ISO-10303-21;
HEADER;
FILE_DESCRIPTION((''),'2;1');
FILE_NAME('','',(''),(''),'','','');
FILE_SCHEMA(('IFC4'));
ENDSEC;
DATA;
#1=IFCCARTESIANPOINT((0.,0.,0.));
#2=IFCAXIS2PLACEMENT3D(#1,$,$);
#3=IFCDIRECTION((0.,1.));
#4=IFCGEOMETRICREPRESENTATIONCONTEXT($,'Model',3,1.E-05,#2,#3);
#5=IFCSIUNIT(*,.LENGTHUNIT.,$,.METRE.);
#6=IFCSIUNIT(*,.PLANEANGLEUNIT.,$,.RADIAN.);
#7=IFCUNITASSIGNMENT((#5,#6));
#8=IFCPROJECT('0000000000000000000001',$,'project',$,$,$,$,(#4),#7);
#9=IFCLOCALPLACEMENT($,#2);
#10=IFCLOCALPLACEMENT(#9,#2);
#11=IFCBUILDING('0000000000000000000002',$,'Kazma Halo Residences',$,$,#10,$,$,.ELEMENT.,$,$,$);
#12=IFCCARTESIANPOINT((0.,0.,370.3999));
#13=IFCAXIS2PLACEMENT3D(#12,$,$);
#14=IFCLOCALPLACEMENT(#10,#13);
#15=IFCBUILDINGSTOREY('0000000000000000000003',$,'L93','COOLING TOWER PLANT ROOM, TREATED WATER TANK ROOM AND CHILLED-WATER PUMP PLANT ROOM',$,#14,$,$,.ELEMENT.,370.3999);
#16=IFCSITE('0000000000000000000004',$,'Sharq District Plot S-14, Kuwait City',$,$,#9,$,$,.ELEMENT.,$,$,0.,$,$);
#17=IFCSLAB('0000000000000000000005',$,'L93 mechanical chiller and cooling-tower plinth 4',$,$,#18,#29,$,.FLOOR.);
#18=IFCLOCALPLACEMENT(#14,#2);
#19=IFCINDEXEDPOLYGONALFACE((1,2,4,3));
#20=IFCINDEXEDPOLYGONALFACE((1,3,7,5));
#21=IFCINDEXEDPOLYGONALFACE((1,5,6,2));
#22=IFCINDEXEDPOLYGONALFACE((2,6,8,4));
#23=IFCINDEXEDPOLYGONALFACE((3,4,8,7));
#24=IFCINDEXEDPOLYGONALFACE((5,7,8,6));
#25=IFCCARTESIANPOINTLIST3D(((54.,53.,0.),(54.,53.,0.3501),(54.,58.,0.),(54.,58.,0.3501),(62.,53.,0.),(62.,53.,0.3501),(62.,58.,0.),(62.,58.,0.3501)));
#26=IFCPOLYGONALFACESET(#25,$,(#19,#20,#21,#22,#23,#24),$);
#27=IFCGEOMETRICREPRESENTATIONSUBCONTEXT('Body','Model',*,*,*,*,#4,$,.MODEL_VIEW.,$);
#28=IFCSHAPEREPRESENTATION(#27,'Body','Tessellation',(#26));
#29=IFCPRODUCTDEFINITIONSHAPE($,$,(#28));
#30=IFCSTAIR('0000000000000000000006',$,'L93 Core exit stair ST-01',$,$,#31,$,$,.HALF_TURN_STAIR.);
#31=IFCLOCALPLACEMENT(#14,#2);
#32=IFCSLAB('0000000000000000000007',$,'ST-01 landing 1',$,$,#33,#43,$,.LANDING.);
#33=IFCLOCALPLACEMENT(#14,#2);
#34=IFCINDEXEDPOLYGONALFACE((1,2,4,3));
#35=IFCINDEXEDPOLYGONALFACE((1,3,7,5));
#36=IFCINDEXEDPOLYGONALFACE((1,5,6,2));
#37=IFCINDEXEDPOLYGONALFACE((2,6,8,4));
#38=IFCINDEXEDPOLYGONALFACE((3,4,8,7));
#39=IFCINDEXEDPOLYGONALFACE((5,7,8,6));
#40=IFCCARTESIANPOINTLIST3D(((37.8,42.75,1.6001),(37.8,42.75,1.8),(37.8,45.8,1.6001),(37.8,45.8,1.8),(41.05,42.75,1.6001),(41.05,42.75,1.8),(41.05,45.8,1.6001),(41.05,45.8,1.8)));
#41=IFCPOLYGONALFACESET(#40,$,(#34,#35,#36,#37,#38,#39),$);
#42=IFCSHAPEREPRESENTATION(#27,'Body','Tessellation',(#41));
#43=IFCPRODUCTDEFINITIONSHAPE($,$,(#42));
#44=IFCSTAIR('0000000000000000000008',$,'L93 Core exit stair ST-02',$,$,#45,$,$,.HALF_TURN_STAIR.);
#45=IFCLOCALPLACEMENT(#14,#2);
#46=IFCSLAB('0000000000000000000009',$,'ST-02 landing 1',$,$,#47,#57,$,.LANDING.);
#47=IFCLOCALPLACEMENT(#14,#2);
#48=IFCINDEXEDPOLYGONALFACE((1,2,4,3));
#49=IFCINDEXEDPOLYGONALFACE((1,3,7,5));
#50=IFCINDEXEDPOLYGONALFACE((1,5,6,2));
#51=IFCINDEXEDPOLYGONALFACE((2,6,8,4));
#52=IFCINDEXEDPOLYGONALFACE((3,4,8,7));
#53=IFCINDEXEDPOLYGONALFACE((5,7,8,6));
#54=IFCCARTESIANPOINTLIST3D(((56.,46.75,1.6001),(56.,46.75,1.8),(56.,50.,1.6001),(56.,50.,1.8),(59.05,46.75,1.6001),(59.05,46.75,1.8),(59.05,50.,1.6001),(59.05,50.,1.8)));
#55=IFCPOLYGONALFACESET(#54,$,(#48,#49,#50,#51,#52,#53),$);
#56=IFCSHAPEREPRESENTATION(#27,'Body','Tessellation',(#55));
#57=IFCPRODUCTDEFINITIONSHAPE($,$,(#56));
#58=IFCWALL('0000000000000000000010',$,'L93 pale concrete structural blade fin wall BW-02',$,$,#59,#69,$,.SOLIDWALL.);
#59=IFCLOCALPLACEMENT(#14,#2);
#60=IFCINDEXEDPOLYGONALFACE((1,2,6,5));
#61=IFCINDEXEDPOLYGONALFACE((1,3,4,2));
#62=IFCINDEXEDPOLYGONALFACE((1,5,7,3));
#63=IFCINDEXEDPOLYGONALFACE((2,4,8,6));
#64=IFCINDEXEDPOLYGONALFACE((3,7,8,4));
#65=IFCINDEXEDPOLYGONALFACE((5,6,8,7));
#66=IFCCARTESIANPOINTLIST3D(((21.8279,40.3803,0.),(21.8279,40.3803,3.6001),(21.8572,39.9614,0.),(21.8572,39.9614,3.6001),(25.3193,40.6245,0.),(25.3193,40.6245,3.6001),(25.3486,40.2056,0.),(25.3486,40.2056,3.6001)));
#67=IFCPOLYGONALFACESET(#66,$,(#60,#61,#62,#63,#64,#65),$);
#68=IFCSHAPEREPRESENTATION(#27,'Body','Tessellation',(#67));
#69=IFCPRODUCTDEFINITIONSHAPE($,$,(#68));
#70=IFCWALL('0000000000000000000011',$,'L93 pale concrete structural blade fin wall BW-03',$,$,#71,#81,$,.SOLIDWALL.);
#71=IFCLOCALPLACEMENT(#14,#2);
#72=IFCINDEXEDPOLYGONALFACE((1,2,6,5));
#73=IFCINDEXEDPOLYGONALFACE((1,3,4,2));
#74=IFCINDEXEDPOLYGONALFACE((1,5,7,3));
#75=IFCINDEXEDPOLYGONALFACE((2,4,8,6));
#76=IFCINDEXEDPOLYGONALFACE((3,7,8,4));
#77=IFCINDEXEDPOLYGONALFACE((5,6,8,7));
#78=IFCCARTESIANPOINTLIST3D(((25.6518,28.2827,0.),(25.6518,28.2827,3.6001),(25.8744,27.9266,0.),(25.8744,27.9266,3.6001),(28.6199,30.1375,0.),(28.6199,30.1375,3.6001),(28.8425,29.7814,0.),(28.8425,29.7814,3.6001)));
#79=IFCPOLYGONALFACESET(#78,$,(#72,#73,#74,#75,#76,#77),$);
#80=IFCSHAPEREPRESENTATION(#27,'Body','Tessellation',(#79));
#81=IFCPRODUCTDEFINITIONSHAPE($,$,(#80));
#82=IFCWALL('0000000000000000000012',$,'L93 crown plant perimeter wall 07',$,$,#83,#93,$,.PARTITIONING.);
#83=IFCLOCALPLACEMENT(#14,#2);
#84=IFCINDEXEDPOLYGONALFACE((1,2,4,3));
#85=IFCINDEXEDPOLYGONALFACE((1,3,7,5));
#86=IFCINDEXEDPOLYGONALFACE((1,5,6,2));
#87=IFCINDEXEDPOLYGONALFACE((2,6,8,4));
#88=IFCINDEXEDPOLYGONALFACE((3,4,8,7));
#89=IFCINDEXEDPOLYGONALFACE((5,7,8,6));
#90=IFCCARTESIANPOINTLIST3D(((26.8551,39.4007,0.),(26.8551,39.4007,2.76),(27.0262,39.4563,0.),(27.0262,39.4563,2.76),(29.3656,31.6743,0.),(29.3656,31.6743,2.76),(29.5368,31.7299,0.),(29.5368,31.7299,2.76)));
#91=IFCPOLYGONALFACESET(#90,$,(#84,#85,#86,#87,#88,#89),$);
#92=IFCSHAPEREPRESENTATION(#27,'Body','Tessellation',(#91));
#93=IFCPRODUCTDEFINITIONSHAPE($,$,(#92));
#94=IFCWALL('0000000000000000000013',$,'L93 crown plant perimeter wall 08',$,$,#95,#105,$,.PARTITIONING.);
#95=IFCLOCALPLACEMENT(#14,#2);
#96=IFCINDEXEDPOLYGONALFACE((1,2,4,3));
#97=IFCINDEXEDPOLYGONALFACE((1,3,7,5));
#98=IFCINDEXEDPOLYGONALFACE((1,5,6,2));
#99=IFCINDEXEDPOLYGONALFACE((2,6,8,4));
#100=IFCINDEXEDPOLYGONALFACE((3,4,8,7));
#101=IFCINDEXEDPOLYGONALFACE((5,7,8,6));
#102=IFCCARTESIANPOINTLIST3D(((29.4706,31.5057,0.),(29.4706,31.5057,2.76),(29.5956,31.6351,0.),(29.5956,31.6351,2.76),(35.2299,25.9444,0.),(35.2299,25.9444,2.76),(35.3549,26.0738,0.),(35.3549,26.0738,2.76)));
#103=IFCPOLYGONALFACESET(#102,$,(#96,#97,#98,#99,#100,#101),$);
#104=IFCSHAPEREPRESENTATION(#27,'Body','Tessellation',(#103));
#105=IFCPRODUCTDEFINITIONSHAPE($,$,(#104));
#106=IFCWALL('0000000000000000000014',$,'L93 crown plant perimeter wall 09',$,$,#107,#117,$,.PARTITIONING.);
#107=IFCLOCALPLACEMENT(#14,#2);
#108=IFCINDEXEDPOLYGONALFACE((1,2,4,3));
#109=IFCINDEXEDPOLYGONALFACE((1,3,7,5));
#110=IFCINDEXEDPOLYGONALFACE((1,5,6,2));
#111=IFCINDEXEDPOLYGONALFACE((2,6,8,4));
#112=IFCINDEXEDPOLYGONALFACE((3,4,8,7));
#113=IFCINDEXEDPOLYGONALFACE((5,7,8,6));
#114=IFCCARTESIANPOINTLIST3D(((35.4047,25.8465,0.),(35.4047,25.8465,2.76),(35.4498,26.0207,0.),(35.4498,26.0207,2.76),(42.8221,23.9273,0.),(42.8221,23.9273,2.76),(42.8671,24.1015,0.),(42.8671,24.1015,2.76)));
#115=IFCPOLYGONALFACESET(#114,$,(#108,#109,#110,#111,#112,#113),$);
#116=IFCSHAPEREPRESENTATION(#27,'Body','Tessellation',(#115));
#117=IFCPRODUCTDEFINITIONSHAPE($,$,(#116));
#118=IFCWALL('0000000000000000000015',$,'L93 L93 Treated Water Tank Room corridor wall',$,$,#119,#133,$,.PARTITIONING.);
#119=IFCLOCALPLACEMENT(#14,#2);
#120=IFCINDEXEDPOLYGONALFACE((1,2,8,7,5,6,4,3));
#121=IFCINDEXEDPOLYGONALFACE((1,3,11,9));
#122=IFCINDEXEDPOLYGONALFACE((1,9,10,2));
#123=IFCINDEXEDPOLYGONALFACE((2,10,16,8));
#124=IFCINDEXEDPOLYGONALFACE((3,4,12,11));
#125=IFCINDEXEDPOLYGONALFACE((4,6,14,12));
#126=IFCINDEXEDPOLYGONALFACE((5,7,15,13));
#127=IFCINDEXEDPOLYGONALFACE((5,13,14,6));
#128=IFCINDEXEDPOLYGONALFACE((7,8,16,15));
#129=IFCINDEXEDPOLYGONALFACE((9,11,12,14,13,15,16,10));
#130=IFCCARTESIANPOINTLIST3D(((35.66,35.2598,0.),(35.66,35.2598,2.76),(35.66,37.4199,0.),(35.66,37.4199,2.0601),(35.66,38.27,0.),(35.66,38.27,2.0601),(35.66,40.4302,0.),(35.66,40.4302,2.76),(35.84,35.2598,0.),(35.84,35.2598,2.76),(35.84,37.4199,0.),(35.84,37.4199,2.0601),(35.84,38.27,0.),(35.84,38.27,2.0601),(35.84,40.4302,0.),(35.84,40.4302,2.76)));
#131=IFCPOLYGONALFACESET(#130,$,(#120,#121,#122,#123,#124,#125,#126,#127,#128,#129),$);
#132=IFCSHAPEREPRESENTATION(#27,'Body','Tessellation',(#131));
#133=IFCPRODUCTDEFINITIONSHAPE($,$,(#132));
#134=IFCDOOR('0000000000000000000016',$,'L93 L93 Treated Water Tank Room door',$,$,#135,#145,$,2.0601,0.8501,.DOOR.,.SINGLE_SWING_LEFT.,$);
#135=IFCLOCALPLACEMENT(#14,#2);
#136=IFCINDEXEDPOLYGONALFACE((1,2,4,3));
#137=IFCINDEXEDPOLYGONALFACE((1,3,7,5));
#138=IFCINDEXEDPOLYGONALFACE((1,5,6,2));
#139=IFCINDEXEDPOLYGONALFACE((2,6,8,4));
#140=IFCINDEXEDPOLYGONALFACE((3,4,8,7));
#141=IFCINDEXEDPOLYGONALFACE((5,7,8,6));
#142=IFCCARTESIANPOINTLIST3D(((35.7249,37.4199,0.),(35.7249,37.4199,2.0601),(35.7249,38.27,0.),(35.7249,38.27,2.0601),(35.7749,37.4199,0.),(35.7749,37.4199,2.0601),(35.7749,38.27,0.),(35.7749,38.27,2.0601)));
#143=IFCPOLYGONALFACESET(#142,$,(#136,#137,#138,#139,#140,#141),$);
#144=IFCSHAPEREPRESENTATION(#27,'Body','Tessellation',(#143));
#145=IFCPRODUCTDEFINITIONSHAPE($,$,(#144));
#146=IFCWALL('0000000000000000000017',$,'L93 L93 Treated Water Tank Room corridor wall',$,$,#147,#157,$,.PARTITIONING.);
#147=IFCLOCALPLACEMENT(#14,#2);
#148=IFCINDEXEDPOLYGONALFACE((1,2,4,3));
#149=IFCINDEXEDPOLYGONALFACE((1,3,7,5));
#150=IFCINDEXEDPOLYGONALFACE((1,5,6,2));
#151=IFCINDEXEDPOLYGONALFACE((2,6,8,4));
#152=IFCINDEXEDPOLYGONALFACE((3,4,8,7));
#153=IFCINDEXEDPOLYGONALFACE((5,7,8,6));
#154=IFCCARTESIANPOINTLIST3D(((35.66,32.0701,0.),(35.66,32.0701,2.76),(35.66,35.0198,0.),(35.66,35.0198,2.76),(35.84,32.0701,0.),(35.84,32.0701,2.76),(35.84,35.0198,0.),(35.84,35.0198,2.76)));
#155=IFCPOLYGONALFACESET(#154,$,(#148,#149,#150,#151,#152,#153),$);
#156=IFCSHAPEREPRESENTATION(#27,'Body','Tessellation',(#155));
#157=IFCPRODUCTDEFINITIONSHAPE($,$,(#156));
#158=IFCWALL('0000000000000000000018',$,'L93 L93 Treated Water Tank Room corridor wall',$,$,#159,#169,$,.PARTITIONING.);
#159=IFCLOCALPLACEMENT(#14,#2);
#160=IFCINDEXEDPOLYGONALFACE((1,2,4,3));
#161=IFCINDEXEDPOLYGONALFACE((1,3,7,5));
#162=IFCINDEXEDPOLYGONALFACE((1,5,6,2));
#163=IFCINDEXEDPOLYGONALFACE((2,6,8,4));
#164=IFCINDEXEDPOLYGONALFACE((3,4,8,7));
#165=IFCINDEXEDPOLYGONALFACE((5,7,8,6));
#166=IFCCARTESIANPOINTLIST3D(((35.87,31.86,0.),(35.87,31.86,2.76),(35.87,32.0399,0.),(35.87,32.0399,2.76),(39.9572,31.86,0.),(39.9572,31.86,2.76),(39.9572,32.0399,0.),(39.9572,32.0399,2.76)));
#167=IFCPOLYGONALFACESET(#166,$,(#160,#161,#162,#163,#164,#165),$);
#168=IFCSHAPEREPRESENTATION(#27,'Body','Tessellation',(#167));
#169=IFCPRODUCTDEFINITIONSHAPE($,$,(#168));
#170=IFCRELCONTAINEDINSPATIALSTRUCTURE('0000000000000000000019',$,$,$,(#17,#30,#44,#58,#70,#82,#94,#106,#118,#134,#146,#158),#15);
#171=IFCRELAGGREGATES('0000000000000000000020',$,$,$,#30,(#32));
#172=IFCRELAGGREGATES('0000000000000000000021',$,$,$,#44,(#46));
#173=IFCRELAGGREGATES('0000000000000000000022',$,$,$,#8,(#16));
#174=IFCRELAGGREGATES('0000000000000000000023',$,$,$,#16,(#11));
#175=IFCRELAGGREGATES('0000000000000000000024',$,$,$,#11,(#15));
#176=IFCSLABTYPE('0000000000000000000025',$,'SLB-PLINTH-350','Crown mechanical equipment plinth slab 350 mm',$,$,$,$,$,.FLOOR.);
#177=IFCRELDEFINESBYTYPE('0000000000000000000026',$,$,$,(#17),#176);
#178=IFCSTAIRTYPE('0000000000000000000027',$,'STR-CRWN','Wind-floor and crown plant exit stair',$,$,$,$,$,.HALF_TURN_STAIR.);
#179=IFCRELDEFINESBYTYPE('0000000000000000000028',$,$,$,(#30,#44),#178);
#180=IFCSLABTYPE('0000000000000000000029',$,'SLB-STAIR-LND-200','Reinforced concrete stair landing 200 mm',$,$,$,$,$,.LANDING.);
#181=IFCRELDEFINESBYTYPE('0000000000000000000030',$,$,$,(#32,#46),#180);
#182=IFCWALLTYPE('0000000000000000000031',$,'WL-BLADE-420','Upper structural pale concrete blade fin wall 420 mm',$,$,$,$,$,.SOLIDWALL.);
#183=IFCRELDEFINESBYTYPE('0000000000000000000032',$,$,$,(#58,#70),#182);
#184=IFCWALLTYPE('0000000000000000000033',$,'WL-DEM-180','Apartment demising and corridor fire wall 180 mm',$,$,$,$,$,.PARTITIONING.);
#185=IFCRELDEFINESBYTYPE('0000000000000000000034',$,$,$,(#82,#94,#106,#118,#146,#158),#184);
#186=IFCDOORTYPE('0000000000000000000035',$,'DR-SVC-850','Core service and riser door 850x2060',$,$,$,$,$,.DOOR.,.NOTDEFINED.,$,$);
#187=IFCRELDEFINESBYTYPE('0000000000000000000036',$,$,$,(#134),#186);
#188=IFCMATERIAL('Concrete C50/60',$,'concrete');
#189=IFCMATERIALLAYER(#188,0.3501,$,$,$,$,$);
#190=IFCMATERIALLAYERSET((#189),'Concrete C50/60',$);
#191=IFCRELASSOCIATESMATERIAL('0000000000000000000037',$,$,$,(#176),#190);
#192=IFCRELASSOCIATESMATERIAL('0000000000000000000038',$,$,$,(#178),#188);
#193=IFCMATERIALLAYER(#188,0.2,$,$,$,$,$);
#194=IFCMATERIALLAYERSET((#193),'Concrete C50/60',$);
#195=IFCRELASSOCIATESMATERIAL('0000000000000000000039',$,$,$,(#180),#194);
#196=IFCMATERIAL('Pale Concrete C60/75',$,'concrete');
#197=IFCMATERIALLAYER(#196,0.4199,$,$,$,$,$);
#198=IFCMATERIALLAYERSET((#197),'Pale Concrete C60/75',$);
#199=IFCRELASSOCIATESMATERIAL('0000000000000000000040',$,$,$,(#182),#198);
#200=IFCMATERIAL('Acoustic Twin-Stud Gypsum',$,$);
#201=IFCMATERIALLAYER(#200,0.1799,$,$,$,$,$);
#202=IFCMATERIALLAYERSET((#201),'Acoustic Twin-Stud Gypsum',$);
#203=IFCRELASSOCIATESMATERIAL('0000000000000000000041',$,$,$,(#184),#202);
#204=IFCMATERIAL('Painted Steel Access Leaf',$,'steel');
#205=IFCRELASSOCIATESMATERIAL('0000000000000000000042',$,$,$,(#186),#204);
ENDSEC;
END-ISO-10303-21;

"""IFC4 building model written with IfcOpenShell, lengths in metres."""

from ifc_helpers import new_model, si_unit, direction, frame, frame_2d, origin, place, context, subcontext, project, spatial, polyline, rectangle, outline, extrude, material, layer, layer_set, type_object, element, fill, aggregate, save


model = new_model("IFC4")

# Units and contexts
model_context = context("Model", 3, precision=1e-05, world=origin(), true_north=direction((0.0, 1.0)))
body_context = subcontext(model_context, "Body", "Model", "MODEL_VIEW")
ifc_project = project(units=[si_unit("LENGTHUNIT", "METRE"), si_unit("PLANEANGLEUNIT", "RADIAN")], contexts=[model_context])

# Site, building, storey
site_placement = place(None, origin())
site = spatial("IfcSite", under=ifc_project, at=site_placement, Name="Sharq District Plot S-14, Kuwait City", CompositionType="ELEMENT", RefElevation=0.0)
building_placement = place(site_placement, origin())
building = spatial("IfcBuilding", under=site, at=building_placement, Name="Kazma Halo Residences", CompositionType="ELEMENT")
storey_placement = place(building_placement, frame((0.0, 0.0, 370.3999)))
storey = spatial("IfcBuildingStorey", under=building, at=storey_placement, Name="L93", Description="COOLING TOWER PLANT ROOM, TREATED WATER TANK ROOM AND CHILLED-WATER PUMP PLANT ROOM", CompositionType="ELEMENT", Elevation=370.3999)

# Slab
ifc_material_1 = material(Name="Concrete C50/60", Category="concrete")
ifc_layer_1 = layer(ifc_material_1, 0.3501)
ifc_layer_set_1 = layer_set([ifc_layer_1], Name="Concrete C50/60")
slab_type_1 = type_object("IfcSlabType", Name="SLB-PLINTH-350", Description="Crown mechanical equipment plinth slab 350 mm", PredefinedType="FLOOR", material=ifc_layer_set_1)
slab_1_placement = place(storey_placement, origin())
element("IfcSlab", 1, at=slab_1_placement, inside=storey, type_object=slab_type_1, Name="L93 mechanical chiller and cooling-tower plinth 4", PredefinedType="FLOOR", context=body_context, shape_type="SweptSolid", body=[
    extrude(outline(polyline([(54.0, 53.0), (62.0, 53.0), (62.0, 58.0), (54.0, 58.0), (54.0, 53.0)])), origin(), (0.0, 0.0, 1.0), 0.3501),
])

# Stairs, slabs
stair_type = type_object("IfcStairType", Name="STR-CRWN", Description="Wind-floor and crown plant exit stair", PredefinedType="HALF_TURN_STAIR", material=ifc_material_1)
stair_1_placement = place(storey_placement, origin())
stair_1 = element("IfcStair", 2, at=stair_1_placement, inside=storey, type_object=stair_type, Name="L93 Core exit stair ST-01", PredefinedType="HALF_TURN_STAIR")
ifc_layer_2 = layer(ifc_material_1, 0.2)
ifc_layer_set_2 = layer_set([ifc_layer_2], Name="Concrete C50/60")
slab_type_2 = type_object("IfcSlabType", Name="SLB-STAIR-LND-200", Description="Reinforced concrete stair landing 200 mm", PredefinedType="LANDING", material=ifc_layer_set_2)
slab_2_placement = place(storey_placement, frame((0.0, 0.0, 1.6001)))
slab_2 = element("IfcSlab", 3, at=slab_2_placement, type_object=slab_type_2, Name="ST-01 landing 1", PredefinedType="LANDING", context=body_context, shape_type="SweptSolid", body=[
    extrude(outline(polyline([(41.05, 42.75), (41.05, 45.8), (37.8, 45.8), (37.8, 42.75), (41.05, 42.75)])), origin(), (0.0, 0.0, 1.0), 0.2),
])
aggregate(stair_1, [slab_2])
stair_2_placement = place(storey_placement, origin())
stair_2 = element("IfcStair", 4, at=stair_2_placement, inside=storey, type_object=stair_type, Name="L93 Core exit stair ST-02", PredefinedType="HALF_TURN_STAIR")
slab_3_placement = place(storey_placement, frame((0.0, 0.0, 1.6001)))
slab_3 = element("IfcSlab", 5, at=slab_3_placement, type_object=slab_type_2, Name="ST-02 landing 1", PredefinedType="LANDING", context=body_context, shape_type="SweptSolid", body=[
    extrude(outline(polyline([(56.0, 46.75), (59.05, 46.75), (59.05, 50.0), (56.0, 50.0), (56.0, 46.75)])), origin(), (0.0, 0.0, 1.0), 0.2),
])
aggregate(stair_2, [slab_3])

# Walls
ifc_material_2 = material(Name="Pale Concrete C60/75", Category="concrete")
ifc_layer_3 = layer(ifc_material_2, 0.4199)
ifc_layer_set_3 = layer_set([ifc_layer_3], Name="Pale Concrete C60/75")
wall_type_1 = type_object("IfcWallType", Name="WL-BLADE-420", Description="Upper structural pale concrete blade fin wall 420 mm", PredefinedType="SOLIDWALL", material=ifc_layer_set_3)
for number, where, z_axis, x_axis, name in (
    (6, (25.334, 40.415, 0.0), (0.0, 0.0, 1.0), (-0.997564, -0.069755, 0.0), "L93 pale concrete structural blade fin wall BW-02"),
    (7, (28.7312, 29.9595, 0.0), (0.0, 0.0, 1.0), (-0.848034, -0.529943, 0.0), "L93 pale concrete structural blade fin wall BW-03"),
):
    element("IfcWall", number, at=place(storey_placement, frame(where, z_axis=z_axis, x_axis=x_axis)), inside=storey, type_object=wall_type_1, Name=name, PredefinedType="SOLIDWALL", context=body_context, shape_type="SweptSolid", body=[
        extrude(rectangle(XDim=3.5, YDim=0.4199, at=frame_2d((1.75, 0.0))), origin(), (0.0, 0.0, 1.0), 3.6001),
    ])
ifc_material_3 = material(Name="Acoustic Twin-Stud Gypsum")
ifc_layer_4 = layer(ifc_material_3, 0.1799)
ifc_layer_set_4 = layer_set([ifc_layer_4], Name="Acoustic Twin-Stud Gypsum")
wall_type_2 = type_object("IfcWallType", Name="WL-DEM-180", Description="Apartment demising and corridor fire wall 180 mm", PredefinedType="PARTITIONING", material=ifc_layer_set_4)
wall_1_placement = place(storey_placement, frame((26.9407, 39.4285, 0.0), z_axis=(0.0, 0.0, 1.0), x_axis=(0.309024, -0.951054, 0.0)))
element("IfcWall", 8, at=wall_1_placement, inside=storey, type_object=wall_type_2, Name="L93 crown plant perimeter wall 07", PredefinedType="PARTITIONING", context=body_context, shape_type="SweptSolid", body=[
    extrude(rectangle(XDim=8.124, YDim=0.1799, at=frame_2d((4.062, 0.0))), origin(), (0.0, 0.0, 1.0), 2.76),
])
wall_2_placement = place(storey_placement, frame((29.5332, 31.5703, 0.0), z_axis=(0.0, 0.0, 1.0), x_axis=(0.719364, -0.694633, 0.0)))
element("IfcWall", 9, at=wall_2_placement, inside=storey, type_object=wall_type_2, Name="L93 crown plant perimeter wall 08", PredefinedType="PARTITIONING", context=body_context, shape_type="SweptSolid", body=[
    extrude(rectangle(XDim=8.0061, YDim=0.1799, at=frame_2d((4.0029, 0.0))), origin(), (0.0, 0.0, 1.0), 2.76),
])
wall_3_placement = place(storey_placement, frame((35.4272, 25.9336, 0.0), z_axis=(0.0, 0.0, 1.0), x_axis=(0.968117, -0.250498, 0.0)))
element("IfcWall", 10, at=wall_3_placement, inside=storey, type_object=wall_type_2, Name="L93 crown plant perimeter wall 09", PredefinedType="PARTITIONING", context=body_context, shape_type="SweptSolid", body=[
    extrude(rectangle(XDim=7.6616, YDim=0.1799, at=frame_2d((3.8308, 0.0))), origin(), (0.0, 0.0, 1.0), 2.76),
])

# Wall, opening, door
wall_4_placement = place(storey_placement, frame((35.75, 40.4302, 0.0), z_axis=(0.0, 0.0, 1.0), x_axis=(0.0, -1.0, 0.0)))
wall_4 = element("IfcWall", 11, at=wall_4_placement, inside=storey, type_object=wall_type_2, Name="L93 L93 Treated Water Tank Room corridor wall", PredefinedType="PARTITIONING", context=body_context, shape_type="SweptSolid", body=[
    extrude(rectangle(XDim=5.1704, YDim=0.1799, at=frame_2d((2.5852, 0.0))), origin(), (0.0, 0.0, 1.0), 2.76),
])
opening_placement = place(wall_4_placement, frame((2.1602, 0.0, 0.0)))
opening = element("IfcOpeningElement", 12, at=opening_placement, cuts=wall_4, PredefinedType="OPENING", context=body_context, shape_type="SweptSolid", body=[
    extrude(rectangle(XDim=0.8501, YDim=2.0601, at=frame_2d((0.425, 1.03))), frame((0.0, 0.0999, 0.0), z_axis=(0.0, -1.0, 0.0), x_axis=(1.0, 0.0, 0.0)), (0.0, 0.0, 1.0), 0.2),
])
ifc_material_4 = material(Name="Painted Steel Access Leaf", Category="steel")
door_type = type_object("IfcDoorType", Name="DR-SVC-850", Description="Core service and riser door 850x2060", OperationType="NOTDEFINED", PredefinedType="DOOR", material=ifc_material_4)
door_placement = place(opening_placement, origin())
door = element("IfcDoor", 13, at=door_placement, inside=storey, type_object=door_type, Name="L93 L93 Treated Water Tank Room door", OperationType="SINGLE_SWING_LEFT", OverallHeight=2.0601, OverallWidth=0.8501, PredefinedType="DOOR", context=body_context, shape_type="SweptSolid", body=[
    extrude(rectangle(XDim=0.8501, YDim=2.0601, at=frame_2d((0.425, 1.03))), frame((0.0, 0.0249, 0.0), z_axis=(0.0, -1.0, 0.0), x_axis=(1.0, 0.0, 0.0)), (0.0, 0.0, 1.0), 0.05),
])
fill(opening, door)

# Walls
wall_5_placement = place(storey_placement, frame((35.75, 35.0198, 0.0), z_axis=(0.0, 0.0, 1.0), x_axis=(0.0, -1.0, 0.0)))
element("IfcWall", 14, at=wall_5_placement, inside=storey, type_object=wall_type_2, Name="L93 L93 Treated Water Tank Room corridor wall", PredefinedType="PARTITIONING", context=body_context, shape_type="SweptSolid", body=[
    extrude(rectangle(XDim=2.9497, YDim=0.1799, at=frame_2d((1.4749, 0.0))), origin(), (0.0, 0.0, 1.0), 2.76),
])
wall_6_placement = place(storey_placement, frame((35.8701, 31.95, 0.0), z_axis=(0.0, 0.0, 1.0), x_axis=(1.0, 0.0, 0.0)))
element("IfcWall", 15, at=wall_6_placement, inside=storey, type_object=wall_type_2, Name="L93 L93 Treated Water Tank Room corridor wall", PredefinedType="PARTITIONING", context=body_context, shape_type="SweptSolid", body=[
    extrude(rectangle(XDim=4.0872, YDim=0.1799, at=frame_2d((2.0435, 0.0))), origin(), (0.0, 0.0, 1.0), 2.76),
])

save(model, "model.ifc")
